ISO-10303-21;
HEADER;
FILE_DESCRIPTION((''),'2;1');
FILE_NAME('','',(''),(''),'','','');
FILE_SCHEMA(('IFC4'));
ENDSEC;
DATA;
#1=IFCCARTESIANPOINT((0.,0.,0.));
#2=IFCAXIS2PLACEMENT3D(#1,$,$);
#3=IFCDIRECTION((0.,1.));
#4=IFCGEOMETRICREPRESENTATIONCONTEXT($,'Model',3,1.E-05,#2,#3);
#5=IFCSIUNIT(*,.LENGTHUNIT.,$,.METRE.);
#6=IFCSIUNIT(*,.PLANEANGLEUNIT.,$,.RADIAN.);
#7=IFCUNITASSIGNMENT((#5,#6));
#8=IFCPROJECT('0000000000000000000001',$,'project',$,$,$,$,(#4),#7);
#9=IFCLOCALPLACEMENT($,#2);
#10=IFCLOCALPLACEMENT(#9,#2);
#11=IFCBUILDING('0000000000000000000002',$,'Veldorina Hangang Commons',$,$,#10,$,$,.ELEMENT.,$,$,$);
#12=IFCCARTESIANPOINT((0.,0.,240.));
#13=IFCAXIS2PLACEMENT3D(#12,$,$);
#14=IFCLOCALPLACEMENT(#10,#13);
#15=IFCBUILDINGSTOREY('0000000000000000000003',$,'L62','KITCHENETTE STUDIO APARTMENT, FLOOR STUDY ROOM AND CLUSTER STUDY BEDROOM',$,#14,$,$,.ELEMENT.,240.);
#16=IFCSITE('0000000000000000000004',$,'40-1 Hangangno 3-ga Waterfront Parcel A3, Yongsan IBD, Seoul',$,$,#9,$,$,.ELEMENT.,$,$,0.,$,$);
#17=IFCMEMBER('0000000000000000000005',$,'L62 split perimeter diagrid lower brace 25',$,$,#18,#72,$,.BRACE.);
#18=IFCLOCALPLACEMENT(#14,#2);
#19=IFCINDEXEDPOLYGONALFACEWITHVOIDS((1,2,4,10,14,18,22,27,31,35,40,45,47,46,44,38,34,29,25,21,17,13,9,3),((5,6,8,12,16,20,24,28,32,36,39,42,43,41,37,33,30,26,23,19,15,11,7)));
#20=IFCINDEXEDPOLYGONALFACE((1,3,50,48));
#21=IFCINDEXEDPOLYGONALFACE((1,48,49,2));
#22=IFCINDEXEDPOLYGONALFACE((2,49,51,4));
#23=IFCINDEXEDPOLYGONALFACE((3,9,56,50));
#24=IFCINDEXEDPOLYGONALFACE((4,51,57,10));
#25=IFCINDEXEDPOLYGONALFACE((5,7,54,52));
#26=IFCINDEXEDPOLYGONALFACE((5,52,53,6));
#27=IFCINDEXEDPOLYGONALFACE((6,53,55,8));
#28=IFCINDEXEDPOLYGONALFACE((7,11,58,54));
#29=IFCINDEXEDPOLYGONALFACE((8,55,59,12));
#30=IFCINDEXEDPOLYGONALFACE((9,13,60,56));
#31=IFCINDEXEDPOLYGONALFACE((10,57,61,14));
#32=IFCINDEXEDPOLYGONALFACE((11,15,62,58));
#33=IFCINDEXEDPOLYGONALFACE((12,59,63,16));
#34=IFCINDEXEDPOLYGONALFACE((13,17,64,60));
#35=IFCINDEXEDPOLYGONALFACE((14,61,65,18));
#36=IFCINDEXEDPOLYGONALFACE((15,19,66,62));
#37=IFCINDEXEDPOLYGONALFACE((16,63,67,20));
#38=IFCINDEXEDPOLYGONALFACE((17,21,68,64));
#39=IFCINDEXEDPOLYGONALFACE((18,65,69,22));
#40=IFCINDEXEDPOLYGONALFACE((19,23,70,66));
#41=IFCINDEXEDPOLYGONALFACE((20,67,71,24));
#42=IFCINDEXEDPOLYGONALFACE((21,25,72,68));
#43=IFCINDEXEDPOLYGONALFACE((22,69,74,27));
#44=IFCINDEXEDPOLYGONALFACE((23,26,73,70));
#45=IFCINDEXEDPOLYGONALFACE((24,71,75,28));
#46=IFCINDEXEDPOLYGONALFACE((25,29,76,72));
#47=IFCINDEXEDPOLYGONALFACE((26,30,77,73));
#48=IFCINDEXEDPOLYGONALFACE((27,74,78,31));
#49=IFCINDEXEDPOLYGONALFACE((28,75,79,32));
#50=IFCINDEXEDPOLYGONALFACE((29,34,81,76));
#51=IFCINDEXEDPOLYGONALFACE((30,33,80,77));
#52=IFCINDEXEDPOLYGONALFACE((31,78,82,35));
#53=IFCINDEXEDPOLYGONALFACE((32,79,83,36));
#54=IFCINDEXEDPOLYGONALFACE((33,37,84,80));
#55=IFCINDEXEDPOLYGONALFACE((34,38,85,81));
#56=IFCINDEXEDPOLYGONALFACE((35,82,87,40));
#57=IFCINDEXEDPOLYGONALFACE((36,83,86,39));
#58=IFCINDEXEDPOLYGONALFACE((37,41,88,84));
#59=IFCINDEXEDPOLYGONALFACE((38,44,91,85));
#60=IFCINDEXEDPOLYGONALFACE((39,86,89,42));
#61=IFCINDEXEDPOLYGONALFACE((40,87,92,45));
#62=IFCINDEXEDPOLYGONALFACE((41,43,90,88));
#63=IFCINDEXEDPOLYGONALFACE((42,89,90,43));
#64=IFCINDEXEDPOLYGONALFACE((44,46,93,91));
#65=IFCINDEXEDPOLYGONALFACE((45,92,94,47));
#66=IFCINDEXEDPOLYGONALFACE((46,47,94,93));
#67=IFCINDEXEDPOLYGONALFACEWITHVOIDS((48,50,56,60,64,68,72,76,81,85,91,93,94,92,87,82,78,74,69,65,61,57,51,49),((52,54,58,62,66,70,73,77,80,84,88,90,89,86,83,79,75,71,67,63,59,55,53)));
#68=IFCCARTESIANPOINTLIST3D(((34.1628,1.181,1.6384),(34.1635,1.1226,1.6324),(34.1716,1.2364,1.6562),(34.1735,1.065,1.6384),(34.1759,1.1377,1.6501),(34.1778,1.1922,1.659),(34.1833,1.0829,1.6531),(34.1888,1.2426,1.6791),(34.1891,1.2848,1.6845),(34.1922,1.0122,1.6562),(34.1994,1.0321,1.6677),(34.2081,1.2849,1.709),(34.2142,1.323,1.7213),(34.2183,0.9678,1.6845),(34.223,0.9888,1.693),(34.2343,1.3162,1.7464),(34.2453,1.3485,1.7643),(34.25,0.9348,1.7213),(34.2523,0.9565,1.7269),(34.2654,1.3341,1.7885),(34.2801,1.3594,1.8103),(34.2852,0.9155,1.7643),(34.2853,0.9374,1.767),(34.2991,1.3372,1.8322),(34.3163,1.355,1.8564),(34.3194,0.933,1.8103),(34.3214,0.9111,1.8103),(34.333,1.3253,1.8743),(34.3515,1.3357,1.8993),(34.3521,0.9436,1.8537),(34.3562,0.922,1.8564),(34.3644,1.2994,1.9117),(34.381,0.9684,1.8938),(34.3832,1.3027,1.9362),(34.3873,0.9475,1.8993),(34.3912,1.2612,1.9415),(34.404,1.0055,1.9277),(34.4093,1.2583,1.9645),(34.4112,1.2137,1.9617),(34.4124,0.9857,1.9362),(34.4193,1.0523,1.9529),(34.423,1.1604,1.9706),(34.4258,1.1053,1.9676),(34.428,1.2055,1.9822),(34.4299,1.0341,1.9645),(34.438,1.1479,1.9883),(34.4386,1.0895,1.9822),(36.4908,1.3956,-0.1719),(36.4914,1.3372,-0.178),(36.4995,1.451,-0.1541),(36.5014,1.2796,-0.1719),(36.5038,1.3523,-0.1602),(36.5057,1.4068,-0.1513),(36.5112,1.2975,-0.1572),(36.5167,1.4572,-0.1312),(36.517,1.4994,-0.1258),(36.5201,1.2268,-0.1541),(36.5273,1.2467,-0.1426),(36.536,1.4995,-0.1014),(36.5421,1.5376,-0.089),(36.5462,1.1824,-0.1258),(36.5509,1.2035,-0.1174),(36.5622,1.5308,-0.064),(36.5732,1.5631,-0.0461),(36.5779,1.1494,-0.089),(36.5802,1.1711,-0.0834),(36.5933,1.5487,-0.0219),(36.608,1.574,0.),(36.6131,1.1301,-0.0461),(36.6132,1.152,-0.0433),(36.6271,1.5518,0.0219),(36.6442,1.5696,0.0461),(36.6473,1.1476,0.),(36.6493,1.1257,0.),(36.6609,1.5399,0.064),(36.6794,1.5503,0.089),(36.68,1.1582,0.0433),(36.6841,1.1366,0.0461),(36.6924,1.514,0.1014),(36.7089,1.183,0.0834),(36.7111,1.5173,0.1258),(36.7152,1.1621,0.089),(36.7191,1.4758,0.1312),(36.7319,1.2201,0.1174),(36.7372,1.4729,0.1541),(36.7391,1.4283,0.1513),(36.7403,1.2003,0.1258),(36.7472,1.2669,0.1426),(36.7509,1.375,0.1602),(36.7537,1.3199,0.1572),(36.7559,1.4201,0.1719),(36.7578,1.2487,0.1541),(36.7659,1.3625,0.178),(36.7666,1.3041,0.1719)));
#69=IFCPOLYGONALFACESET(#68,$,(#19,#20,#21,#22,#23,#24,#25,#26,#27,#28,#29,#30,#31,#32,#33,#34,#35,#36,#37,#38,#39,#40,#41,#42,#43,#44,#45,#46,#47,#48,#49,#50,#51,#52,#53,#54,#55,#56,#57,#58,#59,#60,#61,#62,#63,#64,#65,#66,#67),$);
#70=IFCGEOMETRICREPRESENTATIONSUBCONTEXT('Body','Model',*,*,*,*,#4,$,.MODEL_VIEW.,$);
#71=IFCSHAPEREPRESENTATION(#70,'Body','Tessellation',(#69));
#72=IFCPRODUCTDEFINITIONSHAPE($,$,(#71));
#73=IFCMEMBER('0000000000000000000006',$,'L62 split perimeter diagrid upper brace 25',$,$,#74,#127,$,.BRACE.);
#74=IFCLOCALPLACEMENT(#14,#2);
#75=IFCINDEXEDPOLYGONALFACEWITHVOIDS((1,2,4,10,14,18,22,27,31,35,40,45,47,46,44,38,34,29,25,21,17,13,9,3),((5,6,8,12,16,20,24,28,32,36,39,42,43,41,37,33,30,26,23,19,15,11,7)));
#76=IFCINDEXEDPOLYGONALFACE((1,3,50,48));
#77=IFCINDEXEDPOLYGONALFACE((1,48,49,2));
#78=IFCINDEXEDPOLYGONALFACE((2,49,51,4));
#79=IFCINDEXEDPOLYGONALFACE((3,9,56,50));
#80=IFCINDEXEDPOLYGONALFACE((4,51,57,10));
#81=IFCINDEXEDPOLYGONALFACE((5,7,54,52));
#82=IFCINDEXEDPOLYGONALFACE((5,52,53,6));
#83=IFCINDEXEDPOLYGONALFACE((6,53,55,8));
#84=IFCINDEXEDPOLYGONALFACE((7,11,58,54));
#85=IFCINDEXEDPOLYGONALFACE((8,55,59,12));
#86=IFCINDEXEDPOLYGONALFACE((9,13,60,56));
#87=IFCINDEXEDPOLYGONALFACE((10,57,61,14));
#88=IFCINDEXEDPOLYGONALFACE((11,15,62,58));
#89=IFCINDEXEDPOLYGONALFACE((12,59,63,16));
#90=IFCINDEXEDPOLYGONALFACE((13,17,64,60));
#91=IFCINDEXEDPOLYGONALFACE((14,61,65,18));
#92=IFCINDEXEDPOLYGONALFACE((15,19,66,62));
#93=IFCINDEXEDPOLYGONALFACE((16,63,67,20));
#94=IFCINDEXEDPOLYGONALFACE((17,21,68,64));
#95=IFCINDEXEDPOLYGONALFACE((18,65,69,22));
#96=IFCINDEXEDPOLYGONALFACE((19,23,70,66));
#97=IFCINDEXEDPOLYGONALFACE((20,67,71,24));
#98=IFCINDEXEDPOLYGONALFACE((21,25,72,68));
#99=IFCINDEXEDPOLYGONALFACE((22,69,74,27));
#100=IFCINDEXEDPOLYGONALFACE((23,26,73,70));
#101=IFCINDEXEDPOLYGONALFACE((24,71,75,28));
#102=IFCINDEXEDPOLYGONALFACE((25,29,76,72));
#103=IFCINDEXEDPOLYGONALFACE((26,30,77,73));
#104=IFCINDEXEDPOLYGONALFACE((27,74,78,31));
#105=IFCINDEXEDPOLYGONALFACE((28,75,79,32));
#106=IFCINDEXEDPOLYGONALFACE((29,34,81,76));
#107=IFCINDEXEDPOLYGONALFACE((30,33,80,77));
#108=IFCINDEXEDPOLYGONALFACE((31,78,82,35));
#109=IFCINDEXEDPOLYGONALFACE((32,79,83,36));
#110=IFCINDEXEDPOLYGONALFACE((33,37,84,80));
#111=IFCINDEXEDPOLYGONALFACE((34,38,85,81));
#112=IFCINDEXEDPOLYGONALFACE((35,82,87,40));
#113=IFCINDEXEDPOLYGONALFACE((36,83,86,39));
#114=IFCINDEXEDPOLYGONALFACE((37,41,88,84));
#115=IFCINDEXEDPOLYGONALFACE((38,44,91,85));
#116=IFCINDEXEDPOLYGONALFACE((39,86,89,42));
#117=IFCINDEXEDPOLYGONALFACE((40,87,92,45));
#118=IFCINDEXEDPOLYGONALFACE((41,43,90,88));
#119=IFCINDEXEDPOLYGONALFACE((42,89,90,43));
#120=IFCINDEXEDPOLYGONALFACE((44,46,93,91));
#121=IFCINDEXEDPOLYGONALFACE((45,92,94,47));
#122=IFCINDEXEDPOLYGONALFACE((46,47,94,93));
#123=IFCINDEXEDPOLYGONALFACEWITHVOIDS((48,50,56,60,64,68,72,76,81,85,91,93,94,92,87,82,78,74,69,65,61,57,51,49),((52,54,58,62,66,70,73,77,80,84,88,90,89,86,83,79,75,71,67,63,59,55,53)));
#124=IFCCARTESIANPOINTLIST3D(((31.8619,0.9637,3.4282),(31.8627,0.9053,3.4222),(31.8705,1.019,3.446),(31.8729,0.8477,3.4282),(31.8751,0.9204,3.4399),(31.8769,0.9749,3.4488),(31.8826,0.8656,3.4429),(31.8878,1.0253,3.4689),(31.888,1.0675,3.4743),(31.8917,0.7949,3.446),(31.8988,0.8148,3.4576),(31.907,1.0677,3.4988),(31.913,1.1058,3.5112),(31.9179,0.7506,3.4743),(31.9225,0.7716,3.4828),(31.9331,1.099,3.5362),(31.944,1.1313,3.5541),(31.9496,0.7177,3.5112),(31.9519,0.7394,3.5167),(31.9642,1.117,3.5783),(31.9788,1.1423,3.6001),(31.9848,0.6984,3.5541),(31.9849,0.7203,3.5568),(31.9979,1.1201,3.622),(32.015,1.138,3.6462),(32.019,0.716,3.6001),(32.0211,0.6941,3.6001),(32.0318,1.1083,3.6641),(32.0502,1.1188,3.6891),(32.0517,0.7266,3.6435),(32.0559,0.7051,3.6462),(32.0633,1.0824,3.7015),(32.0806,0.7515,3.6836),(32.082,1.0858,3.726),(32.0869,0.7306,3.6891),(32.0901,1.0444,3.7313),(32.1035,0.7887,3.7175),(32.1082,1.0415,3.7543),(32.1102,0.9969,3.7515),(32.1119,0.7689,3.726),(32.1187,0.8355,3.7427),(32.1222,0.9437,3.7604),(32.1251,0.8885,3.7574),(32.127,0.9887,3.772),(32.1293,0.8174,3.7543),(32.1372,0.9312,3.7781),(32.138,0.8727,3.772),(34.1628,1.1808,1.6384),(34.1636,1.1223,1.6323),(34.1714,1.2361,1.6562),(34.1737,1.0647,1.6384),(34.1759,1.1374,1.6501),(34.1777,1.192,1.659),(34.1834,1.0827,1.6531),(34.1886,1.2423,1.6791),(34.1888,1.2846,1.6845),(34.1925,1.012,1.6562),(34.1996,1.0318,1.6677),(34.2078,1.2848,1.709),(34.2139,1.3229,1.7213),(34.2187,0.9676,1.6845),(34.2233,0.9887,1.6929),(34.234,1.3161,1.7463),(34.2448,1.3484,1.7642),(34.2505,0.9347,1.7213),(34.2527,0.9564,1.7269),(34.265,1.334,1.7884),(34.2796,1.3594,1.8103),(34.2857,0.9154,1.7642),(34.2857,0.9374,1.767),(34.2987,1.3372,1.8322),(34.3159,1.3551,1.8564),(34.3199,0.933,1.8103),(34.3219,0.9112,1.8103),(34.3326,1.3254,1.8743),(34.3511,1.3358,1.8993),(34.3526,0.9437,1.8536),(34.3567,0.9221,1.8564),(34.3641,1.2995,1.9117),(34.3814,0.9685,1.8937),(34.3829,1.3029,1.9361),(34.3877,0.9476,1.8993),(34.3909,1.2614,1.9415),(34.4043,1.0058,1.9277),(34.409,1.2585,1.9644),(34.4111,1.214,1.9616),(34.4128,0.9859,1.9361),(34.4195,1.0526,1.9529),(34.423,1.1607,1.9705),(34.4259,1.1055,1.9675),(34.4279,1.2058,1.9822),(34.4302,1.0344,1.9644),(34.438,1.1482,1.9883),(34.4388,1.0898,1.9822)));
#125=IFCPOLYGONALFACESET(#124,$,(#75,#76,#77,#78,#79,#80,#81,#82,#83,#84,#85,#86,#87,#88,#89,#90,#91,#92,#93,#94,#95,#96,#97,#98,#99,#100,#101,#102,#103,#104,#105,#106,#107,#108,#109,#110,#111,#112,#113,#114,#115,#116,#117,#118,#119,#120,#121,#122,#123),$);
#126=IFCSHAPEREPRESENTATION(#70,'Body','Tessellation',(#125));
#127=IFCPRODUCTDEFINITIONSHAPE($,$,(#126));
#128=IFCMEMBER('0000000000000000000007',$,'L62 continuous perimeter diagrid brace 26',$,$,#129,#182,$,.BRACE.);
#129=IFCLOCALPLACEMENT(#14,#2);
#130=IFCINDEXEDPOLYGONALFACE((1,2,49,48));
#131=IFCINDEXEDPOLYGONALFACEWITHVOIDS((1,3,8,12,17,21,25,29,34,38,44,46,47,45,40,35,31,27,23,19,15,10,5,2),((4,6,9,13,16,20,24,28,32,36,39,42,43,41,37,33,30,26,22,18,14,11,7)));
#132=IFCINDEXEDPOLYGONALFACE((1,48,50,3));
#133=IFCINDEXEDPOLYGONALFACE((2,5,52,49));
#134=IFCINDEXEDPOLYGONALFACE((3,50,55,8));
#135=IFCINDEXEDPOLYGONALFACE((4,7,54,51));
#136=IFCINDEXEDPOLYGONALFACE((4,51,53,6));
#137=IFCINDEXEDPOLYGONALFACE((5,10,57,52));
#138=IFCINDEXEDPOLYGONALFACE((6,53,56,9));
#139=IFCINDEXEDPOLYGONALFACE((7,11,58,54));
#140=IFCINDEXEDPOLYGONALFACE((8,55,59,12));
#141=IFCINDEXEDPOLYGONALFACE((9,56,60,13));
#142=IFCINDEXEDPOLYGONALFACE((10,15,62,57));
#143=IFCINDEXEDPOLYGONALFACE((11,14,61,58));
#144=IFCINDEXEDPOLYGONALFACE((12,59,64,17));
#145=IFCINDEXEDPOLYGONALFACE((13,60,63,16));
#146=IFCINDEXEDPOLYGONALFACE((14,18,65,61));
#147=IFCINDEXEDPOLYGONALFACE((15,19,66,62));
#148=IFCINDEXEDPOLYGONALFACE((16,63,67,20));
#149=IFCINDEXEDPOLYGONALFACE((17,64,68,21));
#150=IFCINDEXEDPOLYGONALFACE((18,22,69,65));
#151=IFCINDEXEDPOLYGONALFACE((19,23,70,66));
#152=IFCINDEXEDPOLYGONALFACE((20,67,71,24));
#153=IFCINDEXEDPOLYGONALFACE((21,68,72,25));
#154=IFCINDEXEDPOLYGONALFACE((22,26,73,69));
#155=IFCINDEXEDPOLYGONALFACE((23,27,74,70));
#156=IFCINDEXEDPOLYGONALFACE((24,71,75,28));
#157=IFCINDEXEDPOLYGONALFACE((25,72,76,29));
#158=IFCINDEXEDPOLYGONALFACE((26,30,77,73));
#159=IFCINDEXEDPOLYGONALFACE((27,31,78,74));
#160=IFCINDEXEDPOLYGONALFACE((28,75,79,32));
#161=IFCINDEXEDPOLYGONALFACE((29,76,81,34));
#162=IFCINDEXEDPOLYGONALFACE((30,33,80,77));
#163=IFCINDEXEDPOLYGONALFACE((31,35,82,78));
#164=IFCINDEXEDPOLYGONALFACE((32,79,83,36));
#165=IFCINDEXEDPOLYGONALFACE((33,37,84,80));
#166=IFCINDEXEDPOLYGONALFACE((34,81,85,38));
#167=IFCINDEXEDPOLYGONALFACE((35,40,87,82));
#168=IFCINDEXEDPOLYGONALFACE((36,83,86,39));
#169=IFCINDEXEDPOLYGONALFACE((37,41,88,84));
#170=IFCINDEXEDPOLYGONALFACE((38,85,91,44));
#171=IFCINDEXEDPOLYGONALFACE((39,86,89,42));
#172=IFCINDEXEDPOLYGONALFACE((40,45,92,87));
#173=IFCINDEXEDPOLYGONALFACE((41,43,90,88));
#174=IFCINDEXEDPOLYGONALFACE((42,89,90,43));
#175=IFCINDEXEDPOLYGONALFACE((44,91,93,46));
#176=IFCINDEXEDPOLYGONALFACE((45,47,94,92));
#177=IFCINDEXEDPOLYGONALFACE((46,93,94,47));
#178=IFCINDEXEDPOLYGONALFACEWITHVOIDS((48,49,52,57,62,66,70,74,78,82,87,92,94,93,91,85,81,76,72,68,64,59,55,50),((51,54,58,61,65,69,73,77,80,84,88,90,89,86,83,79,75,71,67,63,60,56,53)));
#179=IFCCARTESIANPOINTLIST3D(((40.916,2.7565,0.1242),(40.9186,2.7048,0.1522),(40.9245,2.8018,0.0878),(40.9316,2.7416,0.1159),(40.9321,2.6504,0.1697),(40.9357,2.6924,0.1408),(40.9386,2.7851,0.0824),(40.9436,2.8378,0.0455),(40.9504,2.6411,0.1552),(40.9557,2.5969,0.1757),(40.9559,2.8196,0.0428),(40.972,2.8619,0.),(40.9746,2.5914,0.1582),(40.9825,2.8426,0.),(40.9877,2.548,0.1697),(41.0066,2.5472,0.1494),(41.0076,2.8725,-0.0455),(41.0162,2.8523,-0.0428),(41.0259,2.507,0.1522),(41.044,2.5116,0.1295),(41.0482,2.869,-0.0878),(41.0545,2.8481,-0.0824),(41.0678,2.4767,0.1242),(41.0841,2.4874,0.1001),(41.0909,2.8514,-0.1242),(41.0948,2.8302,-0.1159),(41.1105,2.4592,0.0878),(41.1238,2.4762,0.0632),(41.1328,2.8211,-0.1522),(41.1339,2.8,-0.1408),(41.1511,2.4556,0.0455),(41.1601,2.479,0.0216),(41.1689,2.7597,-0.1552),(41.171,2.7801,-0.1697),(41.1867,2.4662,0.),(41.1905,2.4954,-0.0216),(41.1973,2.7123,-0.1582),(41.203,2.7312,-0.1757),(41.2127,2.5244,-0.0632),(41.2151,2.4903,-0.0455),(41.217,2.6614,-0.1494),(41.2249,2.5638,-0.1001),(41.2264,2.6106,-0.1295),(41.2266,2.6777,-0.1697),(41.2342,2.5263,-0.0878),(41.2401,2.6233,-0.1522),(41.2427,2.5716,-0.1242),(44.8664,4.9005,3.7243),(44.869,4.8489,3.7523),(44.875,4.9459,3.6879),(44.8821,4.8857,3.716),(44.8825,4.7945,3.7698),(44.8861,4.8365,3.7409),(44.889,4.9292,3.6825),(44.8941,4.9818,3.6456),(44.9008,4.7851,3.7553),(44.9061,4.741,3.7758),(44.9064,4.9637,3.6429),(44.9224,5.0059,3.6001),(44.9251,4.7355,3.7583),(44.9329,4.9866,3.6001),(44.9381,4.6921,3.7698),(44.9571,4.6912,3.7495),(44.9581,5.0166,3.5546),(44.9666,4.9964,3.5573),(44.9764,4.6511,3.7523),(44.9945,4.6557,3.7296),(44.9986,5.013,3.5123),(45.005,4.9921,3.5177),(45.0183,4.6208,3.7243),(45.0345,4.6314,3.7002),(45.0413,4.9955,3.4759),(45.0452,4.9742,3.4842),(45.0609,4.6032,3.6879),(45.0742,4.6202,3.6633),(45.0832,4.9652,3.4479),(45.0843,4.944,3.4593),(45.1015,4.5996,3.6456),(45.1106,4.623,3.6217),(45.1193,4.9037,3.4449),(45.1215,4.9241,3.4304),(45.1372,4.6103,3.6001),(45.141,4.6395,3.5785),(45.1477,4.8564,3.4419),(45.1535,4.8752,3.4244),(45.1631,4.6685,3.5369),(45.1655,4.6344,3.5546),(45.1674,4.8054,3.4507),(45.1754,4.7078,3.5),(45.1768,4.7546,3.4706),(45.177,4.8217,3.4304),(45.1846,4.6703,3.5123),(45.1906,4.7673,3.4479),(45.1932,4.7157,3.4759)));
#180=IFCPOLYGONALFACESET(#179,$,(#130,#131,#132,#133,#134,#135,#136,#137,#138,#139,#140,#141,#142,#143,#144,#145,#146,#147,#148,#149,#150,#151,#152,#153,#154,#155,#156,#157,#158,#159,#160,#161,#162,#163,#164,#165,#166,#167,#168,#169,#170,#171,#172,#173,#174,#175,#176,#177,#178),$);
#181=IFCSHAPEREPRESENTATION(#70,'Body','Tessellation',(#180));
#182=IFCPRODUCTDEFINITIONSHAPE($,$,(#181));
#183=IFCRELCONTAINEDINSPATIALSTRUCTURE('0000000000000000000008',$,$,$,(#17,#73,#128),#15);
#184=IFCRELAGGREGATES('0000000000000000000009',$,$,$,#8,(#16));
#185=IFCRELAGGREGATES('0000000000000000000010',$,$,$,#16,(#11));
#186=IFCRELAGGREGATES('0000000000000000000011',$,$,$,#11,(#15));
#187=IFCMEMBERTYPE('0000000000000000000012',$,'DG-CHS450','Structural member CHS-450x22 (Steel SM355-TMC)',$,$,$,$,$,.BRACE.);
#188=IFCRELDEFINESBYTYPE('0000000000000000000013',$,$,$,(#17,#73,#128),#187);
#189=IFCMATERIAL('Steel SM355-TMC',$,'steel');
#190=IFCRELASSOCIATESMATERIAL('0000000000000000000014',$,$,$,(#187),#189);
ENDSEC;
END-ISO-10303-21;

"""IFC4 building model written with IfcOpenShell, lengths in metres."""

from ifc_helpers import new_model, si_unit, direction, frame, origin, origin_2d, place, context, subcontext, project, spatial, hollow_circle, extrude, material, material_profile, profile_set, type_object, element, save


model = new_model("IFC4")

# Units and contexts
model_context = context("Model", 3, precision=1e-05, world=origin(), true_north=direction((0.0, 1.0)))
body_context = subcontext(model_context, "Body", "Model", "MODEL_VIEW")
ifc_project = project(units=[si_unit("LENGTHUNIT", "METRE"), si_unit("PLANEANGLEUNIT", "RADIAN")], contexts=[model_context])

# Site, building, storey
site_placement = place(None, origin())
site = spatial("IfcSite", under=ifc_project, at=site_placement, Name="40-1 Hangangno 3-ga Waterfront Parcel A3, Yongsan IBD, Seoul", CompositionType="ELEMENT", RefElevation=0.0)
building_placement = place(site_placement, origin())
building = spatial("IfcBuilding", under=site, at=building_placement, Name="Veldorina Hangang Commons", CompositionType="ELEMENT")
storey_placement = place(building_placement, frame((0.0, 0.0, 240.0)))
storey = spatial("IfcBuildingStorey", under=building, at=storey_placement, Name="L62", Description="KITCHENETTE STUDIO APARTMENT, FLOOR STUDY ROOM AND CLUSTER STUDY BEDROOM", CompositionType="ELEMENT", Elevation=240.0)

# Shared definitions
ifc_material_1 = material(Name="Steel SM355-TMC", Category="steel")

# Members
ifc_material_profile_1 = material_profile(ifc_material_1, hollow_circle(Radius=0.2251, WallThickness=0.022, at=origin_2d()), Name="CHS-450x22")
ifc_profile_set_1 = profile_set([ifc_material_profile_1], Name="Steel SM355-TMC")
member_type_1 = type_object("IfcMemberType", Name="DG-CHS450", Description="Structural member CHS-450x22 (Steel SM355-TMC)", PredefinedType="BRACE", material=ifc_profile_set_1)
member_1_placement = place(storey_placement, frame((36.6287, 1.3499, 0.0), z_axis=(-0.787315, -0.07258, 0.612264), x_axis=(0.091797, -0.995778, 0.0)))
element("IfcMember", 1, at=member_1_placement, inside=storey, type_object=member_type_1, Name="L62 split perimeter diagrid lower brace 25", PredefinedType="BRACE", context=body_context, shape_type="SweptSolid", body=[
    extrude(hollow_circle(Radius=0.2251, WallThickness=0.022, at=origin_2d()), origin(), (0.0, 0.0, 1.0), 2.9568),
])
member_2_placement = place(storey_placement, frame((34.3008, 1.1353, 1.8103), z_axis=(-0.787124, -0.074252, 0.612309), x_axis=(0.093917, -0.99558, 0.0)))
element("IfcMember", 2, at=member_2_placement, inside=storey, type_object=member_type_1, Name="L62 split perimeter diagrid upper brace 25", PredefinedType="BRACE", context=body_context, shape_type="SweptSolid", body=[
    extrude(hollow_circle(Radius=0.2251, WallThickness=0.022, at=origin_2d()), origin(), (0.0, 0.0, 1.0), 2.9231),
])
member_3_placement = place(storey_placement, frame((41.0793, 2.6641, 0.0), z_axis=(0.685985, 0.372308, 0.625149), x_axis=(-0.477009, 0.878898, 0.0)))
element("IfcMember", 3, at=member_3_placement, inside=storey, type_object=member_type_1, Name="L62 continuous perimeter diagrid brace 26", PredefinedType="BRACE", context=body_context, shape_type="SweptSolid", body=[
    extrude(hollow_circle(Radius=0.2251, WallThickness=0.022, at=origin_2d()), origin(), (0.0, 0.0, 1.0), 5.7588),
])

save(model, "model.ifc")
